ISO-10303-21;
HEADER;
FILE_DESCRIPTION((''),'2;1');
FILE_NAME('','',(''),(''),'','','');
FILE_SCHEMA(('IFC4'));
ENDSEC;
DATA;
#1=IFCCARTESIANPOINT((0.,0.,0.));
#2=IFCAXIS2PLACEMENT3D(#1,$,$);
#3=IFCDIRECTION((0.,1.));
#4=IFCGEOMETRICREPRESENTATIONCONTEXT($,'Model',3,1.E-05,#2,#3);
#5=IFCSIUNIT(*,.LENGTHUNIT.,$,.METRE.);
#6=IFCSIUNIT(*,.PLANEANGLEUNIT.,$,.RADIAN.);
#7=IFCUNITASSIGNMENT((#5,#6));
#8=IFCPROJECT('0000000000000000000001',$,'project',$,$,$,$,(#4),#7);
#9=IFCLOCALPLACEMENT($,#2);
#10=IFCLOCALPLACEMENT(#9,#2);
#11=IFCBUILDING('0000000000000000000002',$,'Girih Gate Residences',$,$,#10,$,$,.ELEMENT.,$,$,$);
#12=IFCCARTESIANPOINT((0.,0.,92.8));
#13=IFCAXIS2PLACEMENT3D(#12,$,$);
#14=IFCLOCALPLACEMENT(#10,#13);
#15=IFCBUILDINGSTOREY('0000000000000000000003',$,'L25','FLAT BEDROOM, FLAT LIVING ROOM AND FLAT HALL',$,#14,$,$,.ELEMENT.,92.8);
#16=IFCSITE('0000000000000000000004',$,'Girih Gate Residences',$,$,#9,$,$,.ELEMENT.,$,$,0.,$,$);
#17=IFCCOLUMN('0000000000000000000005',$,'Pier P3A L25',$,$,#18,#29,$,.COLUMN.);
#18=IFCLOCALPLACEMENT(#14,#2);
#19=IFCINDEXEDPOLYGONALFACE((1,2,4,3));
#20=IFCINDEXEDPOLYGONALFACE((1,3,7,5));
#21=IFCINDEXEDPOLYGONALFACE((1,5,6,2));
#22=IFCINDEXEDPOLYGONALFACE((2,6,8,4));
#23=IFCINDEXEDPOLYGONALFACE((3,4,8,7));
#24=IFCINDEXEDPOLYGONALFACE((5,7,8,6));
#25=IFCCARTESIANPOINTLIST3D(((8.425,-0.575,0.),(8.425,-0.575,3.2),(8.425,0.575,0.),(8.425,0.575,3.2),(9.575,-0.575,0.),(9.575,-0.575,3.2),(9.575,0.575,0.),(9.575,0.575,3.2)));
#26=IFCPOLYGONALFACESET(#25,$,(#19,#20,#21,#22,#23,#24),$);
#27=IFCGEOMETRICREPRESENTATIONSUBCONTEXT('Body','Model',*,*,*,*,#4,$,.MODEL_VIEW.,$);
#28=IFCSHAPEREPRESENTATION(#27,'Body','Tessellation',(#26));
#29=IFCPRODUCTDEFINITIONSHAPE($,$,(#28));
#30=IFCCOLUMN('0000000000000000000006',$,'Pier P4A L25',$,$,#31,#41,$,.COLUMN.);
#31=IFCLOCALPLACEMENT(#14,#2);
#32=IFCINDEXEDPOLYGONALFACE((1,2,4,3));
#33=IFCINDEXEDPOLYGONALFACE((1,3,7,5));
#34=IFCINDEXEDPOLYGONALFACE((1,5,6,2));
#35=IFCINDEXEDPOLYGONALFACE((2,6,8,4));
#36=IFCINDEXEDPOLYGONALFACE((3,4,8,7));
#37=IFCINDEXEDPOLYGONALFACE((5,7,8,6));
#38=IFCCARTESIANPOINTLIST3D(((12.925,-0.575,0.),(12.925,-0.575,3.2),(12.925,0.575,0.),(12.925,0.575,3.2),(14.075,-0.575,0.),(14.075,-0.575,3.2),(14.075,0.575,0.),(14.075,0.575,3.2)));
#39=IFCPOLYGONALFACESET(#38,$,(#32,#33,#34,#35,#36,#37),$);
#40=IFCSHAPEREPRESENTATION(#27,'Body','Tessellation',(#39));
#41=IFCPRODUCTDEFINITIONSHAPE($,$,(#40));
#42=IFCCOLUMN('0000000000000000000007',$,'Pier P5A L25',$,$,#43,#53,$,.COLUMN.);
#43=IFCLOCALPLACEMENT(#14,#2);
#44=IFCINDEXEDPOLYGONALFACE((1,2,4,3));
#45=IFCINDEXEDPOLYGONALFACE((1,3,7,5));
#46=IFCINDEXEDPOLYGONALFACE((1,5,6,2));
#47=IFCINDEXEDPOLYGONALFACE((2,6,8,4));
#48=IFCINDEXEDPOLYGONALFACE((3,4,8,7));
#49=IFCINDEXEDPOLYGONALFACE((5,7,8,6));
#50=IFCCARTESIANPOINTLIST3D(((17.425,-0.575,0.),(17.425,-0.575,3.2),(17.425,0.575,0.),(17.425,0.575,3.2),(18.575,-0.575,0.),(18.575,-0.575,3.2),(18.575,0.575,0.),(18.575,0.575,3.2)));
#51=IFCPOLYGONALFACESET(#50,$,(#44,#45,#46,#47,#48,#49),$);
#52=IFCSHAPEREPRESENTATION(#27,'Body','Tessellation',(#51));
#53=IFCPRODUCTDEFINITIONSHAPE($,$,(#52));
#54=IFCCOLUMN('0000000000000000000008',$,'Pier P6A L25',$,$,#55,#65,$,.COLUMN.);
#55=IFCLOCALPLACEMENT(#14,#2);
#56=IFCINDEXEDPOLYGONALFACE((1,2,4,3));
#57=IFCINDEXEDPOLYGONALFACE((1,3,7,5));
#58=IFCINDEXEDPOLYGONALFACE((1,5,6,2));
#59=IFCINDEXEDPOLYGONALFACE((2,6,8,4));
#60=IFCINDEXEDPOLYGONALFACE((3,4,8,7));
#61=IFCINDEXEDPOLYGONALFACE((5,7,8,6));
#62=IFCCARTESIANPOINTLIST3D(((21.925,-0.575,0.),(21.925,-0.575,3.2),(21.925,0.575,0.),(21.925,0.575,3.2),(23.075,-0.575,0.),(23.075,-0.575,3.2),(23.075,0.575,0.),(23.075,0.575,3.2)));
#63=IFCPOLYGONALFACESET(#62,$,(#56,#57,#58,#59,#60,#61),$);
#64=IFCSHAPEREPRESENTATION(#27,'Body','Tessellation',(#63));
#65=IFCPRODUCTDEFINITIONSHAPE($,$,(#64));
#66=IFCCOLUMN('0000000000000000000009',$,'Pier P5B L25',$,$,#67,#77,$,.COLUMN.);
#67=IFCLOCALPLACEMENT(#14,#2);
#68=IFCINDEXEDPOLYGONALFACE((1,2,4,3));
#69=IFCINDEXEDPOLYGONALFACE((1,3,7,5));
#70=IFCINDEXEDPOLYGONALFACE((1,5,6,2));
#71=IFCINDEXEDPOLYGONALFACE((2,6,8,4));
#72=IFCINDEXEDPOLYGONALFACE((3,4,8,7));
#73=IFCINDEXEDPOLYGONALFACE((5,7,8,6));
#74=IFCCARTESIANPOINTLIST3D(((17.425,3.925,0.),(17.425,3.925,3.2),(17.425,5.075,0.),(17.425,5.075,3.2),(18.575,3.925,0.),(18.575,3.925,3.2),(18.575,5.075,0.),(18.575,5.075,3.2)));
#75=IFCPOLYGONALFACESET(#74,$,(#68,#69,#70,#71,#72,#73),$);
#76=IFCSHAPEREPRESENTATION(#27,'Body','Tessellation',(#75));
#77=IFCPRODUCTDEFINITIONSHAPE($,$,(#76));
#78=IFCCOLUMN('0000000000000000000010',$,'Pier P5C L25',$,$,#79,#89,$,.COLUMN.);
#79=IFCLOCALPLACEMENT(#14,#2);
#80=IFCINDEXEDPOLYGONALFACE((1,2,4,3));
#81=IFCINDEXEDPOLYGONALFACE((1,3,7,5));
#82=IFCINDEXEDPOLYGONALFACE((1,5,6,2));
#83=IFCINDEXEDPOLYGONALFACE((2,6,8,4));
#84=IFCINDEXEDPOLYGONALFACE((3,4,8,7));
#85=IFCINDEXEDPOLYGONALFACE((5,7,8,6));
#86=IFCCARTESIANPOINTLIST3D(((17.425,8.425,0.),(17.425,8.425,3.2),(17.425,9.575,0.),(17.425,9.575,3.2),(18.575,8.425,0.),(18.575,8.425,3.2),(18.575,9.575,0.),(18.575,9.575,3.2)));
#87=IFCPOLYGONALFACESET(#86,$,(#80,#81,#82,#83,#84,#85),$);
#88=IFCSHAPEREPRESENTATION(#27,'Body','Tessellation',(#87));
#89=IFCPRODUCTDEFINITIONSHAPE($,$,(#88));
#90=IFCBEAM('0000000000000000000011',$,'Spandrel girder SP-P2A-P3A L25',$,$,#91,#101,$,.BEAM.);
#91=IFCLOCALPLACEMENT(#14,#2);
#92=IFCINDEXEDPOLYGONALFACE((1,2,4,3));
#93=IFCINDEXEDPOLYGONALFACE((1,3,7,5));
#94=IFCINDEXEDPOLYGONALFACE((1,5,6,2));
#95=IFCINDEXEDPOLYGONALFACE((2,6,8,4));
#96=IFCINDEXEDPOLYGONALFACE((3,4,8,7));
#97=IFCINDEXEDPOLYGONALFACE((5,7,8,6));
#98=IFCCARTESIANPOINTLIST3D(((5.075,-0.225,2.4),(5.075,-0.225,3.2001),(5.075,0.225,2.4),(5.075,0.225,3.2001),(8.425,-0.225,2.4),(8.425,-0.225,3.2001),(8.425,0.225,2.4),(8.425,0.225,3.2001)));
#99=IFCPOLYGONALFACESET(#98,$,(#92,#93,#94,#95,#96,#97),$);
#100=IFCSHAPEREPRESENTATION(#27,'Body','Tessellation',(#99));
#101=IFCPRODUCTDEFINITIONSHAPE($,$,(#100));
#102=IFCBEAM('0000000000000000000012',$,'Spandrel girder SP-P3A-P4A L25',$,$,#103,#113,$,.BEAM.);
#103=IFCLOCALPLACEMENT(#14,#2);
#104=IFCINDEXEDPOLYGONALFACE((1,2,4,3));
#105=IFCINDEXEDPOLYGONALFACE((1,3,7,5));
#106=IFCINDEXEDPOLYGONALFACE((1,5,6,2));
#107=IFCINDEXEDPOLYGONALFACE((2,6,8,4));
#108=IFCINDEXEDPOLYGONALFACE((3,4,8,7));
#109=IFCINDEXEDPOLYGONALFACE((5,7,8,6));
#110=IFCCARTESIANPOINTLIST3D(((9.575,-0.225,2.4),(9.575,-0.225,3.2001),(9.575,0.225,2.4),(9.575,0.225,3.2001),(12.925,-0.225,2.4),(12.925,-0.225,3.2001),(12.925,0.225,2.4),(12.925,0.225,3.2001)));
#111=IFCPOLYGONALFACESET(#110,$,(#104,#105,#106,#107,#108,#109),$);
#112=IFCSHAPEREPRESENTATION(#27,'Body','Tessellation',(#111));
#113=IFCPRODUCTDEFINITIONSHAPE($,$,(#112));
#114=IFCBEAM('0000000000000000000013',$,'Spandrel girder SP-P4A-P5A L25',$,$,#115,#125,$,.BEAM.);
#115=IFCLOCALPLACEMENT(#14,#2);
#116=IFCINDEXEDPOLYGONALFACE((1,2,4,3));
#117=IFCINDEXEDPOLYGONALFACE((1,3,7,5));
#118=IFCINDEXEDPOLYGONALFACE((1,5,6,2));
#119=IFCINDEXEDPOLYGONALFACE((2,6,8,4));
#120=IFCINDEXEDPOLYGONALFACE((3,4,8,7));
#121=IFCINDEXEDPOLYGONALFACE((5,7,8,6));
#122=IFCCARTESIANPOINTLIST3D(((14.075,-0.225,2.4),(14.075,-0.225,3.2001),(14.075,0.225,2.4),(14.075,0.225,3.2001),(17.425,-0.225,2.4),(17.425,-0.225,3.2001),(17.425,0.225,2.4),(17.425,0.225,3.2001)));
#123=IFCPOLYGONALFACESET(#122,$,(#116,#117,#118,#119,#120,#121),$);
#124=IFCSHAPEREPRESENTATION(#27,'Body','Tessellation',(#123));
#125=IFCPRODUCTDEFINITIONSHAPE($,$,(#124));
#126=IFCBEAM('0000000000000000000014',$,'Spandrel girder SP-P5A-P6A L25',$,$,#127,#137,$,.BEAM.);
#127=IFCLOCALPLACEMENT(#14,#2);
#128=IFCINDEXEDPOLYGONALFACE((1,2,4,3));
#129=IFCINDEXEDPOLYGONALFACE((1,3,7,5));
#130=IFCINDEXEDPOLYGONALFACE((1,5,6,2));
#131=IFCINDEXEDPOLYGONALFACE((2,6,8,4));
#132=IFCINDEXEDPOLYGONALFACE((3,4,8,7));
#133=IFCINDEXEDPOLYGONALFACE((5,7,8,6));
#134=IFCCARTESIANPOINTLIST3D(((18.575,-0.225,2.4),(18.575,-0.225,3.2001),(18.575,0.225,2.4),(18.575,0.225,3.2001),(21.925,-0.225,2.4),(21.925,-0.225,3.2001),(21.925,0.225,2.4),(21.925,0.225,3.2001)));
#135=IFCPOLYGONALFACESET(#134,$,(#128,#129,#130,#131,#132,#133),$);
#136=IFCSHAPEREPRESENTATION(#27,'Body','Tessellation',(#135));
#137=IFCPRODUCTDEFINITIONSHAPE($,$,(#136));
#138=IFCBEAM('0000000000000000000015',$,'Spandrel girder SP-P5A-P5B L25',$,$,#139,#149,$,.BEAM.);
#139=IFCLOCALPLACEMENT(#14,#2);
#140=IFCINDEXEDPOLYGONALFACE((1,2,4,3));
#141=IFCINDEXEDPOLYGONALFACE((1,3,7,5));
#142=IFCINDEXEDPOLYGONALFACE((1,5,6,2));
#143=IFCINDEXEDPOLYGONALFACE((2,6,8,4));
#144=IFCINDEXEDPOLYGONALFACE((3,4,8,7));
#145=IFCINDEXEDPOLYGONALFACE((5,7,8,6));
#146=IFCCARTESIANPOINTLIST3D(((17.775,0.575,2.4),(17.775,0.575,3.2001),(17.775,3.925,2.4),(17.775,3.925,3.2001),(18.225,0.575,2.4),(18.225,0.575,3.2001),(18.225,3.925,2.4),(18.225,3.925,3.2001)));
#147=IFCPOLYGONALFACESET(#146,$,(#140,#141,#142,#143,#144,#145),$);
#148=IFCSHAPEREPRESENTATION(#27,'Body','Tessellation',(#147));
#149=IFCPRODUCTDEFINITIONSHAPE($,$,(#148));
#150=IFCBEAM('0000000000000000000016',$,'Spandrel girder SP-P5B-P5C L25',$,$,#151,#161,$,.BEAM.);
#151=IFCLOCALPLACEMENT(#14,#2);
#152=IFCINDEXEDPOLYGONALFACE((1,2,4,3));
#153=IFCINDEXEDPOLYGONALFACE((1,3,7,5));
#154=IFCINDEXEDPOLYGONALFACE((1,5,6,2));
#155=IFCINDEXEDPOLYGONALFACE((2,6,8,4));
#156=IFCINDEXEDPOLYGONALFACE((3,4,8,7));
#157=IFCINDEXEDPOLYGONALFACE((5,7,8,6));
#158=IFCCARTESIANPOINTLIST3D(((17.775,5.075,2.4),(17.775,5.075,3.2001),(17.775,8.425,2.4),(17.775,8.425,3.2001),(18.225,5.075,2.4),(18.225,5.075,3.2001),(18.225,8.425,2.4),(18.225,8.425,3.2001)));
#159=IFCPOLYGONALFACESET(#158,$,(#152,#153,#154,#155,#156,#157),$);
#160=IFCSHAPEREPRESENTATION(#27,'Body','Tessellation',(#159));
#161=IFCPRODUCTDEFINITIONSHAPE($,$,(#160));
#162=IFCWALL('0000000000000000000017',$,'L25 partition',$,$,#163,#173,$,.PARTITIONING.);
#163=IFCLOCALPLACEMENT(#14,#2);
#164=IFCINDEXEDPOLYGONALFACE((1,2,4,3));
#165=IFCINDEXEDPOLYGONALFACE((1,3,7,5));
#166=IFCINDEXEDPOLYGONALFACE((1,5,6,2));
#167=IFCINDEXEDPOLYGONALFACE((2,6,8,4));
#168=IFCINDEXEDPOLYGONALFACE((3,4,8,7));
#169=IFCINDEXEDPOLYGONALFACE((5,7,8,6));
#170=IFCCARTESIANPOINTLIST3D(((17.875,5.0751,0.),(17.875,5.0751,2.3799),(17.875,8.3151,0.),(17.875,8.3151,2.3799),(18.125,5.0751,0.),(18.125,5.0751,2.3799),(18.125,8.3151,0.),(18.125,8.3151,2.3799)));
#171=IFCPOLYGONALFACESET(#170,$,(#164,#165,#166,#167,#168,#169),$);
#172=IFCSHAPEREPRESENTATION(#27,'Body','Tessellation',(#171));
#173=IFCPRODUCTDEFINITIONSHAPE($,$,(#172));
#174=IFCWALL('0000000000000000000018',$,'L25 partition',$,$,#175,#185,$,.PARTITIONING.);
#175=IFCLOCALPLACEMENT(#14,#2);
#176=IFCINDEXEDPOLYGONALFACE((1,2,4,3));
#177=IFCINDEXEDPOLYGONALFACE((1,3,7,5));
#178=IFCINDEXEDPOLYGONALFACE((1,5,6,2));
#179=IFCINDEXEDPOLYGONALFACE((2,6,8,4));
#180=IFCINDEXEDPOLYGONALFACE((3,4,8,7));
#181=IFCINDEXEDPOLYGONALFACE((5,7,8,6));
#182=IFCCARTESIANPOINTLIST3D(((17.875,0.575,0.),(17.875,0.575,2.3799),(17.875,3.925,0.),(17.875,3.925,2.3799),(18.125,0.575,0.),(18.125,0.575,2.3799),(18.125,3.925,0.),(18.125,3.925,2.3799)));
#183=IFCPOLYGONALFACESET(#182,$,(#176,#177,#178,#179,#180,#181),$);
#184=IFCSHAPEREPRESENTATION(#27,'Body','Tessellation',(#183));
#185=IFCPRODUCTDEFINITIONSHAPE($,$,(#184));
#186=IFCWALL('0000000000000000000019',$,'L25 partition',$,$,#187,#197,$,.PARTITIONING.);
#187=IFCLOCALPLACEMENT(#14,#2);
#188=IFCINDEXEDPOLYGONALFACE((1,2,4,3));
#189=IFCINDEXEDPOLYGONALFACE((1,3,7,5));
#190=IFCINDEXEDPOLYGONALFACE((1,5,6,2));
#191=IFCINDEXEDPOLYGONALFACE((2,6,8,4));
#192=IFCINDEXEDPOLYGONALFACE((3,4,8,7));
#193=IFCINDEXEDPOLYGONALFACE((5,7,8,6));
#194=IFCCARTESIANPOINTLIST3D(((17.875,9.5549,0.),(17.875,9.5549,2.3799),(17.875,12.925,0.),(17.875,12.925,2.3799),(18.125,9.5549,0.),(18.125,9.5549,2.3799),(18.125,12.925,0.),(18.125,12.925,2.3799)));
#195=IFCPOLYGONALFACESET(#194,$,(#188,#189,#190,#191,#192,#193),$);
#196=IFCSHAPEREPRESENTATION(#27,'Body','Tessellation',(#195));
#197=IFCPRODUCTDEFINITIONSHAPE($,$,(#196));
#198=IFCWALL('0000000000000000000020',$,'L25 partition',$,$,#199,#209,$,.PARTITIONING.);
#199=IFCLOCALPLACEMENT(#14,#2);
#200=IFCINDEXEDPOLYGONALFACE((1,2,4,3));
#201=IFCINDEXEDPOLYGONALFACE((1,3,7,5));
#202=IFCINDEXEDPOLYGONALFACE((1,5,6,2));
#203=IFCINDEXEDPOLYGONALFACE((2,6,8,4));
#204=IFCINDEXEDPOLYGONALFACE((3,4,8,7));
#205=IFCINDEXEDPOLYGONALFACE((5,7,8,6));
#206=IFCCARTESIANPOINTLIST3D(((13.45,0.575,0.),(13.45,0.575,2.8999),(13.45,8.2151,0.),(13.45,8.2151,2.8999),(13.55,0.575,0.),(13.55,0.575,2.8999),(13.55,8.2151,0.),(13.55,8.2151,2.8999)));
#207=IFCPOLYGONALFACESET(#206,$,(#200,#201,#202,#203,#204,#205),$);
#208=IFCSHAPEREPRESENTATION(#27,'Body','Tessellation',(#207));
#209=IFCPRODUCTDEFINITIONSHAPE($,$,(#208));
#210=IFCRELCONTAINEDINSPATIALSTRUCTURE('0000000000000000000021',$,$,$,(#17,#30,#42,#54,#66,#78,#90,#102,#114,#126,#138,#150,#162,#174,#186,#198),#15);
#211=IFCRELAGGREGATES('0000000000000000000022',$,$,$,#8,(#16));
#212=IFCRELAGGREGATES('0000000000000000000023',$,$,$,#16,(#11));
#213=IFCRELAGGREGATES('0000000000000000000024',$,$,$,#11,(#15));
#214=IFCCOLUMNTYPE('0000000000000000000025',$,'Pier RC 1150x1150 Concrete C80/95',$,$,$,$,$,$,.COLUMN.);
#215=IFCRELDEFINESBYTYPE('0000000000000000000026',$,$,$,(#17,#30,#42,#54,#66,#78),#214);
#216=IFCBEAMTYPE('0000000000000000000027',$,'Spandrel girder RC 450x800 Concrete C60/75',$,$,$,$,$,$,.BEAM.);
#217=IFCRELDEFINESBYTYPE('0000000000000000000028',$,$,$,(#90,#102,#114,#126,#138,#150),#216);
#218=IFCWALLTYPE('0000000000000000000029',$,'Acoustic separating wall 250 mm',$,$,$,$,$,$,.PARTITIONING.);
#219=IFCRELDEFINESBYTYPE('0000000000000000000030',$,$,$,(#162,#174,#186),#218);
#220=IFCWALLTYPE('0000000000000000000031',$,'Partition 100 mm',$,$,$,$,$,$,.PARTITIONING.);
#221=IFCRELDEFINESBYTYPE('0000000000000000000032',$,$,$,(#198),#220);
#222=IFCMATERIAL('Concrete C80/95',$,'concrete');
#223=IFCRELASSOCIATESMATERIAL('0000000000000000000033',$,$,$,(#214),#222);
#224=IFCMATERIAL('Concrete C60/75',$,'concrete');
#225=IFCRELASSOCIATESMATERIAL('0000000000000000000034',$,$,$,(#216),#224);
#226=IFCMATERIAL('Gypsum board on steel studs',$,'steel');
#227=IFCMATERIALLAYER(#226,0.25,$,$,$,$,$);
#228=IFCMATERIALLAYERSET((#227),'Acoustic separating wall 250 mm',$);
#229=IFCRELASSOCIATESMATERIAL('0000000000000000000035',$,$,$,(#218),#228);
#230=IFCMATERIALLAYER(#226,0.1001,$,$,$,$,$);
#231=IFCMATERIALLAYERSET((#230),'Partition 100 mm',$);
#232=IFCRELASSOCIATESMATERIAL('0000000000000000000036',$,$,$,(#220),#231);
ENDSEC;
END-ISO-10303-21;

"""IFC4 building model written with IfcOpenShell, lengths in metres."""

from ifc_helpers import new_model, si_unit, direction, frame, frame_2d, origin, origin_2d, place, context, subcontext, project, spatial, rectangle, extrude, material, layer, layer_set, material_profile, profile_set, type_object, element, save


model = new_model("IFC4")

# Units and contexts
model_context = context("Model", 3, precision=1e-05, world=origin(), true_north=direction((0.0, 1.0)))
body_context = subcontext(model_context, "Body", "Model", "MODEL_VIEW")
ifc_project = project(units=[si_unit("LENGTHUNIT", "METRE"), si_unit("PLANEANGLEUNIT", "RADIAN")], contexts=[model_context])

# Site, building, storey
site_placement = place(None, origin())
site = spatial("IfcSite", under=ifc_project, at=site_placement, Name="Girih Gate Residences", CompositionType="ELEMENT", RefElevation=0.0)
building_placement = place(site_placement, origin())
building = spatial("IfcBuilding", under=site, at=building_placement, Name="Girih Gate Residences", CompositionType="ELEMENT")
storey_placement = place(building_placement, frame((0.0, 0.0, 92.8)))
storey = spatial("IfcBuildingStorey", under=building, at=storey_placement, Name="L25", Description="FLAT BEDROOM, FLAT LIVING ROOM AND FLAT HALL", CompositionType="ELEMENT", Elevation=92.8)

# Columns
ifc_material_1 = material(Name="Concrete C80/95", Category="concrete")
ifc_material_profile_1 = material_profile(ifc_material_1, rectangle(XDim=1.1499, YDim=1.1499, at=origin_2d()))
ifc_profile_set_1 = profile_set([ifc_material_profile_1], Name="Concrete C80/95")
column_type = type_object("IfcColumnType", Name="Pier RC 1150x1150 Concrete C80/95", PredefinedType="COLUMN", material=ifc_profile_set_1)
for number, where, z_axis, x_axis, name in (
    (1, (9.0, 0.0, 0.0), (0.0, 0.0, 1.0), (1.0, 0.0, 0.0), "Pier P3A L25"),
    (2, (13.5, 0.0, 0.0), (0.0, 0.0, 1.0), (1.0, 0.0, 0.0), "Pier P4A L25"),
    (3, (18.0, 0.0, 0.0), (0.0, 0.0, 1.0), (1.0, 0.0, 0.0), "Pier P5A L25"),
    (4, (22.5, 0.0, 0.0), (0.0, 0.0, 1.0), (1.0, 0.0, 0.0), "Pier P6A L25"),
    (5, (18.0, 4.5, 0.0), (0.0, 0.0, 1.0), (1.0, 0.0, 0.0), "Pier P5B L25"),
    (6, (18.0, 9.0, 0.0), (0.0, 0.0, 1.0), (1.0, 0.0, 0.0), "Pier P5C L25"),
):
    element("IfcColumn", number, at=place(storey_placement, frame(where, z_axis=z_axis, x_axis=x_axis)), inside=storey, type_object=column_type, Name=name, PredefinedType="COLUMN", context=body_context, shape_type="SweptSolid", body=[
        extrude(rectangle(XDim=1.1499, YDim=1.1499, at=origin_2d()), origin(), (0.0, 0.0, 1.0), 3.2),
    ])

# Beams
ifc_material_2 = material(Name="Concrete C60/75", Category="concrete")
ifc_material_profile_2 = material_profile(ifc_material_2, rectangle(XDim=0.45, YDim=0.8, at=origin_2d()))
ifc_profile_set_2 = profile_set([ifc_material_profile_2], Name="Concrete C60/75")
beam_type = type_object("IfcBeamType", Name="Spandrel girder RC 450x800 Concrete C60/75", PredefinedType="BEAM", material=ifc_profile_set_2)
for number, where, z_axis, x_axis, name in (
    (7, (5.075, 0.0, 2.8), (1.0, 0.0, 0.0), (0.0, 1.0, 0.0), "Spandrel girder SP-P2A-P3A L25"),
    (8, (9.575, 0.0, 2.8), (1.0, 0.0, 0.0), (0.0, 1.0, 0.0), "Spandrel girder SP-P3A-P4A L25"),
    (9, (14.075, 0.0, 2.8), (1.0, 0.0, 0.0), (0.0, 1.0, 0.0), "Spandrel girder SP-P4A-P5A L25"),
    (10, (18.575, 0.0, 2.8), (1.0, 0.0, 0.0), (0.0, 1.0, 0.0), "Spandrel girder SP-P5A-P6A L25"),
    (11, (18.0, 0.575, 2.8), (0.0, 1.0, 0.0), (-1.0, 0.0, 0.0), "Spandrel girder SP-P5A-P5B L25"),
    (12, (18.0, 5.075, 2.8), (0.0, 1.0, 0.0), (-1.0, 0.0, 0.0), "Spandrel girder SP-P5B-P5C L25"),
):
    element("IfcBeam", number, at=place(storey_placement, frame(where, z_axis=z_axis, x_axis=x_axis)), inside=storey, type_object=beam_type, Name=name, PredefinedType="BEAM", context=body_context, shape_type="SweptSolid", body=[
        extrude(rectangle(XDim=0.45, YDim=0.8, at=origin_2d()), origin(), (0.0, 0.0, 1.0), 3.3501),
    ])

# Walls
ifc_material_3 = material(Name="Gypsum board on steel studs", Category="steel")
ifc_layer_1 = layer(ifc_material_3, 0.25)
ifc_layer_set_1 = layer_set([ifc_layer_1], Name="Acoustic separating wall 250 mm")
wall_type_1 = type_object("IfcWallType", Name="Acoustic separating wall 250 mm", PredefinedType="PARTITIONING", material=ifc_layer_set_1)
wall_1_placement = place(storey_placement, frame((18.0, 5.075, 0.0), z_axis=(0.0, 0.0, 1.0), x_axis=(0.0, 1.0, 0.0)))
element("IfcWall", 13, at=wall_1_placement, inside=storey, type_object=wall_type_1, Name="L25 partition", PredefinedType="PARTITIONING", context=body_context, shape_type="SweptSolid", body=[
    extrude(rectangle(XDim=3.24, YDim=0.25, at=frame_2d((1.6201, 0.0))), origin(), (0.0, 0.0, 1.0), 2.3799),
])
wall_2_placement = place(storey_placement, frame((18.0, 0.575, 0.0), z_axis=(0.0, 0.0, 1.0), x_axis=(0.0, 1.0, 0.0)))
element("IfcWall", 14, at=wall_2_placement, inside=storey, type_object=wall_type_1, Name="L25 partition", PredefinedType="PARTITIONING", context=body_context, shape_type="SweptSolid", body=[
    extrude(rectangle(XDim=3.3501, YDim=0.25, at=frame_2d((1.675, 0.0))), origin(), (0.0, 0.0, 1.0), 2.3799),
])
wall_3_placement = place(storey_placement, frame((18.0, 9.5549, 0.0), z_axis=(0.0, 0.0, 1.0), x_axis=(0.0, 1.0, 0.0)))
element("IfcWall", 15, at=wall_3_placement, inside=storey, type_object=wall_type_1, Name="L25 partition", PredefinedType="PARTITIONING", context=body_context, shape_type="SweptSolid", body=[
    extrude(rectangle(XDim=3.3701, YDim=0.25, at=frame_2d((1.6851, 0.0))), origin(), (0.0, 0.0, 1.0), 2.3799),
])
ifc_layer_2 = layer(ifc_material_3, 0.1001)
ifc_layer_set_2 = layer_set([ifc_layer_2], Name="Partition 100 mm")
wall_type_2 = type_object("IfcWallType", Name="Partition 100 mm", PredefinedType="PARTITIONING", material=ifc_layer_set_2)
wall_4_placement = place(storey_placement, frame((13.5, 0.575, 0.0), z_axis=(0.0, 0.0, 1.0), x_axis=(0.0, 1.0, 0.0)))
element("IfcWall", 16, at=wall_4_placement, inside=storey, type_object=wall_type_2, Name="L25 partition", PredefinedType="PARTITIONING", context=body_context, shape_type="SweptSolid", body=[
    extrude(rectangle(XDim=7.6401, YDim=0.1001, at=frame_2d((3.8201, 0.0))), origin(), (0.0, 0.0, 1.0), 2.8999),
])

save(model, "model.ifc")
